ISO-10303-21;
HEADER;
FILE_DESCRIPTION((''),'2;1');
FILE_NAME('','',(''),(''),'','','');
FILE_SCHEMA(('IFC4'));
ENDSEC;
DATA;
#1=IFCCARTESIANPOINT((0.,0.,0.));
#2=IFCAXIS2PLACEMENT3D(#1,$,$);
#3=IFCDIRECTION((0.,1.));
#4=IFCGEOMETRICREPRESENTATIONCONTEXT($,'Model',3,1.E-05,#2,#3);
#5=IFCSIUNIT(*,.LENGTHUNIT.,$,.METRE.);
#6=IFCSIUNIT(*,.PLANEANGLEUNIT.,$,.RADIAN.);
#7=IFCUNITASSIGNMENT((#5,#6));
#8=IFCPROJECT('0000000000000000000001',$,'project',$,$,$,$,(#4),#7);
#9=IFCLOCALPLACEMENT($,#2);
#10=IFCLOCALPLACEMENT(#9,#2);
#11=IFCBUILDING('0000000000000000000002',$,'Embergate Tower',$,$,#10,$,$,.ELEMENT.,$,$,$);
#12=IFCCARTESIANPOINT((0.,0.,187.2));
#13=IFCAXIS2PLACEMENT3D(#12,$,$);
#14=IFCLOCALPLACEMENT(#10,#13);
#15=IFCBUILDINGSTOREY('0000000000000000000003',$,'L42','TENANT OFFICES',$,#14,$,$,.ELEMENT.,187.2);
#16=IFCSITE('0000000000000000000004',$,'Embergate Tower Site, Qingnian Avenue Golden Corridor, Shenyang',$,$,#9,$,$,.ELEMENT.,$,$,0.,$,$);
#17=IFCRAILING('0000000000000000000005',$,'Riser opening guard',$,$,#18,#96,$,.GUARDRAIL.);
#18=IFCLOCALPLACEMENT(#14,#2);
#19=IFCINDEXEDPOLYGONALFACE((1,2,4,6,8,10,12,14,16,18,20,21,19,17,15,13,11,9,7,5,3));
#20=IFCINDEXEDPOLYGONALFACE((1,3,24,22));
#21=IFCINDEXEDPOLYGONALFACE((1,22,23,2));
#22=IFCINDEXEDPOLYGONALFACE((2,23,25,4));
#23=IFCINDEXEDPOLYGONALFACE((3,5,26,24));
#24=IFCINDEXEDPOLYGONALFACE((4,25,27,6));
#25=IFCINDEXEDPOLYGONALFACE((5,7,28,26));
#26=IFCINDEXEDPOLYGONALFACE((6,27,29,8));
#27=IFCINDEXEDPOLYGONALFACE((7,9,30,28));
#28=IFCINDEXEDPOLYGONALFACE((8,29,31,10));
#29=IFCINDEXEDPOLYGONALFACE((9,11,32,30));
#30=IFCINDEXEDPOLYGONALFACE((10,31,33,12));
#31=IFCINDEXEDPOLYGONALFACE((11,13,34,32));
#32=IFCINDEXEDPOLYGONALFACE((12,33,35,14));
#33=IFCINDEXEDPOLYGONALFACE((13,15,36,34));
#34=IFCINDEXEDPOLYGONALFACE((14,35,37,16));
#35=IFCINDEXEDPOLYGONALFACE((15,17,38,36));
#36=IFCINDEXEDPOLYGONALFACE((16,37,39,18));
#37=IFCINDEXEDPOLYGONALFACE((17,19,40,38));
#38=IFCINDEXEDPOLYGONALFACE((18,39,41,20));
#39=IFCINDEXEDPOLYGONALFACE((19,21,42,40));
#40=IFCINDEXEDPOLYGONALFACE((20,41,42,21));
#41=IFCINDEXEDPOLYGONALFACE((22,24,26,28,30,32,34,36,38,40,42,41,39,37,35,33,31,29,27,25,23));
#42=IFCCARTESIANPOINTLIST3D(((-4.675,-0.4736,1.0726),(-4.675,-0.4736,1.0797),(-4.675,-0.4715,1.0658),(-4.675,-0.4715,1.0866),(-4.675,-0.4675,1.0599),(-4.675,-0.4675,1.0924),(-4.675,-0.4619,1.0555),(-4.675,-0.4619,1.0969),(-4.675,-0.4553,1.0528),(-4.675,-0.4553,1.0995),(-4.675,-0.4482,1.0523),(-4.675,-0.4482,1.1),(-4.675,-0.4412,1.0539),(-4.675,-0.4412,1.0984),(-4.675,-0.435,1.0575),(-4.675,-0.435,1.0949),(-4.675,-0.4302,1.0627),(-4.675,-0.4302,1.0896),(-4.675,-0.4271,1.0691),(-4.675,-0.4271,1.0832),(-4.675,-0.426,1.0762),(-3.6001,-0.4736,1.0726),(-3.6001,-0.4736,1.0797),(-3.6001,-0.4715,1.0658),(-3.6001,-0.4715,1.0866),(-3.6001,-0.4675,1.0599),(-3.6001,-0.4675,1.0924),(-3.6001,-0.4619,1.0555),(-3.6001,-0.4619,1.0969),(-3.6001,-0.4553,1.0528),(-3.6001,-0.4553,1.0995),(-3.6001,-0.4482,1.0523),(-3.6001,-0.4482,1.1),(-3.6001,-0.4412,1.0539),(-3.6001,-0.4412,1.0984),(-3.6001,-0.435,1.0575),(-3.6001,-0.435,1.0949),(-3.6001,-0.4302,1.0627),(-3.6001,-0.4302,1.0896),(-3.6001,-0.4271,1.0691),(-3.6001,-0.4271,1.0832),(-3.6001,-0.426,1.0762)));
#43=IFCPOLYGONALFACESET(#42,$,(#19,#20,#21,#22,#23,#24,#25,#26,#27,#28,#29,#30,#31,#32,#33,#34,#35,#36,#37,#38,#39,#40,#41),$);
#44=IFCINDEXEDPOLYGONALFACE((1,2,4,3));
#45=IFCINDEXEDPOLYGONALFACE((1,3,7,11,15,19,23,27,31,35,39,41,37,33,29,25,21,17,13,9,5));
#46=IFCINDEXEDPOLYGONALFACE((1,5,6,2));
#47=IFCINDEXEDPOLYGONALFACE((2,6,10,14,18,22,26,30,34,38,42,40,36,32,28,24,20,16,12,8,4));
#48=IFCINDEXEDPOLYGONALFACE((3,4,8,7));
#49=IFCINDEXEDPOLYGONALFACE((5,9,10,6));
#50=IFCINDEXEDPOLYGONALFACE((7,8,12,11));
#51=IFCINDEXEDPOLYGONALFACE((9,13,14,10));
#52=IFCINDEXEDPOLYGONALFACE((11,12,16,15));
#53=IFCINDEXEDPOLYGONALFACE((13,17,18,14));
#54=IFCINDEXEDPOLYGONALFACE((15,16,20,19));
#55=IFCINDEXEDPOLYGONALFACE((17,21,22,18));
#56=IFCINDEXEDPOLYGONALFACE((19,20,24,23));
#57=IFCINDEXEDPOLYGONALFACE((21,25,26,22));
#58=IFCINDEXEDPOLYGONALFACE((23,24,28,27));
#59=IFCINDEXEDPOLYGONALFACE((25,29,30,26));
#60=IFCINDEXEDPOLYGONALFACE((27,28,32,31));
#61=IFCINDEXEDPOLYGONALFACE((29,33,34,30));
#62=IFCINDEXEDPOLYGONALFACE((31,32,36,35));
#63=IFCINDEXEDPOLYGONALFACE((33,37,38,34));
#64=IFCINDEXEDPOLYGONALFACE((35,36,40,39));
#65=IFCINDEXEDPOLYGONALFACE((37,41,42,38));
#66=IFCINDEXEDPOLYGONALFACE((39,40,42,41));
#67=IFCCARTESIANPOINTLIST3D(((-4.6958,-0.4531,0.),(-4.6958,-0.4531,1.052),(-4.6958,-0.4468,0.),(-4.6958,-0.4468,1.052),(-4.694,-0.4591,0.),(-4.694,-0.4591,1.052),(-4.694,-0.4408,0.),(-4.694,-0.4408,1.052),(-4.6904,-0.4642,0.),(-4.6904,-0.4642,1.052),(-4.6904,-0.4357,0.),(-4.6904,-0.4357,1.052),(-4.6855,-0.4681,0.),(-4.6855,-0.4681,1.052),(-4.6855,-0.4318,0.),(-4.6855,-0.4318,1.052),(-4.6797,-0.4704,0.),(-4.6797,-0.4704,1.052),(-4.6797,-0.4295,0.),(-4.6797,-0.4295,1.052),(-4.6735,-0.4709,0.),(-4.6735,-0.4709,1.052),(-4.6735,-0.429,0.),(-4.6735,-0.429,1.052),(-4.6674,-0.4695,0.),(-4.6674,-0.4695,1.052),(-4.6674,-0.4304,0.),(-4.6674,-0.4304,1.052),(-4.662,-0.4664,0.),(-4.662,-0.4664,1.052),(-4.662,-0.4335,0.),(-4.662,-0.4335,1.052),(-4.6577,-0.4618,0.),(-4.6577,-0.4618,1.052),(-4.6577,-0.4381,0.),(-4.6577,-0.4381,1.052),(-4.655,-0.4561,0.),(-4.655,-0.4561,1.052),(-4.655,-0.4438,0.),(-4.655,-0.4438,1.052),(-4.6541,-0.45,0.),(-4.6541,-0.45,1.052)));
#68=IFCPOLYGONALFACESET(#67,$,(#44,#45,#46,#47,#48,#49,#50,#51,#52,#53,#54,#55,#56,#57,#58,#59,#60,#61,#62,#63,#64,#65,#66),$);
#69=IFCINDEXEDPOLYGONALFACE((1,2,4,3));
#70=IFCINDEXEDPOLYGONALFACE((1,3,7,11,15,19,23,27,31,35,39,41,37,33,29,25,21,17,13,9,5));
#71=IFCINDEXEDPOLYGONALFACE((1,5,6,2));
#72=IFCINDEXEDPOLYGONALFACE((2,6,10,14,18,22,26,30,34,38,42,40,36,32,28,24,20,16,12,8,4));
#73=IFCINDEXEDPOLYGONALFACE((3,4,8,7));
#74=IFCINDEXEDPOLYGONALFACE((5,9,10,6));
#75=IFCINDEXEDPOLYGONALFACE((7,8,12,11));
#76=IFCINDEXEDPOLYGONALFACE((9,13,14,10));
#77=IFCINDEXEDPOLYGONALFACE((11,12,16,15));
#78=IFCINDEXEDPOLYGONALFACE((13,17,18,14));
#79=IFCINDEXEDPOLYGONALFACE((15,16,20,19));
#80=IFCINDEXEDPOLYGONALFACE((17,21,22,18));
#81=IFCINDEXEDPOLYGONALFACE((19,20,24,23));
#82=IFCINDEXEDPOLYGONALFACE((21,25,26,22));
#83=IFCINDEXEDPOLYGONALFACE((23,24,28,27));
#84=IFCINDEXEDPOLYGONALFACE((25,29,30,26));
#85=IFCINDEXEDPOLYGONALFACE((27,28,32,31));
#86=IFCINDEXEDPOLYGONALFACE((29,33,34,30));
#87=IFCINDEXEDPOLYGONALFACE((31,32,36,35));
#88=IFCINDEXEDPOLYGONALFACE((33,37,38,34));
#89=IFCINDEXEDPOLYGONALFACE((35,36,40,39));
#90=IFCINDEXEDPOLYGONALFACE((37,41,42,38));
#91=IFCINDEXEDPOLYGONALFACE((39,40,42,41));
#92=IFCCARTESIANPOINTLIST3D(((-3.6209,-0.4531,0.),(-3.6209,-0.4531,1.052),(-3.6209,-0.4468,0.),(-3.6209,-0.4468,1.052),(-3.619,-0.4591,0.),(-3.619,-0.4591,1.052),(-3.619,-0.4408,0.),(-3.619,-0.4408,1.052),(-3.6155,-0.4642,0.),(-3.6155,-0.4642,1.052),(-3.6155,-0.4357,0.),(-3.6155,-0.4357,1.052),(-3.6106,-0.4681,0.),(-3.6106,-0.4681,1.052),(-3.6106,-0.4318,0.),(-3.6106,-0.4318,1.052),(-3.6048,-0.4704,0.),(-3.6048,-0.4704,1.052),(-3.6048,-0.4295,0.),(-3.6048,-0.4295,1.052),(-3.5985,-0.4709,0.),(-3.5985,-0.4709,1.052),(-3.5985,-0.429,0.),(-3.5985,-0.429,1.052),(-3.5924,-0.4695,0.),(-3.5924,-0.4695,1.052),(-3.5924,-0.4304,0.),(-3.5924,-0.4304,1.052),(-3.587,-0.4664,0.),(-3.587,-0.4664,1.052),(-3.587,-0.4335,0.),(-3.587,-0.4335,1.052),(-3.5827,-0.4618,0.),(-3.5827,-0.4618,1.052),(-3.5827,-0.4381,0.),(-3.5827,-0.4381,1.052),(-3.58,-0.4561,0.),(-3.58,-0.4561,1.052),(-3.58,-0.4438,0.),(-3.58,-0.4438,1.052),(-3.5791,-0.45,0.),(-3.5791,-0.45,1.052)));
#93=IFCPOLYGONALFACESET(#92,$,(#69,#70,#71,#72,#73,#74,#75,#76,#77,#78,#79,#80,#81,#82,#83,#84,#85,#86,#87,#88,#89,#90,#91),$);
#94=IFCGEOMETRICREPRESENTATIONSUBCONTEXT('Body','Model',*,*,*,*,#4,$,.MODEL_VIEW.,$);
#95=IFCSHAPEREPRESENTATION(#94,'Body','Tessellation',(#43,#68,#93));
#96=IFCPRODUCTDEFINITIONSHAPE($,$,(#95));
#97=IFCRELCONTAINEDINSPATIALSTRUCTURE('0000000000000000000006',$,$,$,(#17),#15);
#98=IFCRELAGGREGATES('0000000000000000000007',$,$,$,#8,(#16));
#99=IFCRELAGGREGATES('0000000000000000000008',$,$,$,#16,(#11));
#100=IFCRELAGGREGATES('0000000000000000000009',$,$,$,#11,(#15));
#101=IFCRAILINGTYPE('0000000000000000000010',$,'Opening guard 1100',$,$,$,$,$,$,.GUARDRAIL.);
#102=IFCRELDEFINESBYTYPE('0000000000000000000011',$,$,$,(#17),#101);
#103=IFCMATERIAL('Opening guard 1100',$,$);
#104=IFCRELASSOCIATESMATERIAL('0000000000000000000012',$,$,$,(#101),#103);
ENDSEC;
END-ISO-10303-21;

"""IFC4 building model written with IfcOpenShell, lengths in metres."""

from ifc_helpers import new_model, si_unit, direction, frame, origin, origin_2d, place, context, subcontext, project, spatial, circle, extrude, source, transform, mapped, material, type_object, element, save


model = new_model("IFC4")

# Units and contexts
model_context = context("Model", 3, precision=1e-05, world=origin(), true_north=direction((0.0, 1.0)))
body_context = subcontext(model_context, "Body", "Model", "MODEL_VIEW")
ifc_project = project(units=[si_unit("LENGTHUNIT", "METRE"), si_unit("PLANEANGLEUNIT", "RADIAN")], contexts=[model_context])

# Site, building, storey
site_placement = place(None, origin())
site = spatial("IfcSite", under=ifc_project, at=site_placement, Name="Embergate Tower Site, Qingnian Avenue Golden Corridor, Shenyang", CompositionType="ELEMENT", RefElevation=0.0)
building_placement = place(site_placement, origin())
building = spatial("IfcBuilding", under=site, at=building_placement, Name="Embergate Tower", CompositionType="ELEMENT")
storey_placement = place(building_placement, frame((0.0, 0.0, 187.2)))
storey = spatial("IfcBuildingStorey", under=building, at=storey_placement, Name="L42", Description="TENANT OFFICES", CompositionType="ELEMENT", Elevation=187.2)

# Railing
ifc_material_1 = material(Name="Opening guard 1100")
railing_type_1 = type_object("IfcRailingType", Name="Opening guard 1100", PredefinedType="GUARDRAIL", material=ifc_material_1)
shared_shape_1 = source(origin(), body_context, "Body", "SweptSolid", [
    extrude(circle(Radius=0.0239, at=origin_2d()), frame((0.0, 0.0, 1.0762), z_axis=(1.0, 0.0, 0.0), x_axis=(0.0, 1.0, 0.0)), (0.0, 0.0, 1.0), 1.075),
    extrude(circle(Radius=0.021, at=origin_2d()), origin(), (0.0, 0.0, 1.0), 1.052),
    extrude(circle(Radius=0.021, at=origin_2d()), frame((1.075, 0.0, 0.0)), (0.0, 0.0, 1.0), 1.052),
])
railing_1_placement = place(storey_placement, frame((-4.675, -0.45, 0.0)))
element("IfcRailing", 1, at=railing_1_placement, inside=storey, type_object=railing_type_1, Name="Riser opening guard", PredefinedType="GUARDRAIL", context=body_context, shape_type="MappedRepresentation", body=[
    mapped(shared_shape_1, transform((0.0, 0.0, 0.0))),
])

save(model, "model.ifc")
